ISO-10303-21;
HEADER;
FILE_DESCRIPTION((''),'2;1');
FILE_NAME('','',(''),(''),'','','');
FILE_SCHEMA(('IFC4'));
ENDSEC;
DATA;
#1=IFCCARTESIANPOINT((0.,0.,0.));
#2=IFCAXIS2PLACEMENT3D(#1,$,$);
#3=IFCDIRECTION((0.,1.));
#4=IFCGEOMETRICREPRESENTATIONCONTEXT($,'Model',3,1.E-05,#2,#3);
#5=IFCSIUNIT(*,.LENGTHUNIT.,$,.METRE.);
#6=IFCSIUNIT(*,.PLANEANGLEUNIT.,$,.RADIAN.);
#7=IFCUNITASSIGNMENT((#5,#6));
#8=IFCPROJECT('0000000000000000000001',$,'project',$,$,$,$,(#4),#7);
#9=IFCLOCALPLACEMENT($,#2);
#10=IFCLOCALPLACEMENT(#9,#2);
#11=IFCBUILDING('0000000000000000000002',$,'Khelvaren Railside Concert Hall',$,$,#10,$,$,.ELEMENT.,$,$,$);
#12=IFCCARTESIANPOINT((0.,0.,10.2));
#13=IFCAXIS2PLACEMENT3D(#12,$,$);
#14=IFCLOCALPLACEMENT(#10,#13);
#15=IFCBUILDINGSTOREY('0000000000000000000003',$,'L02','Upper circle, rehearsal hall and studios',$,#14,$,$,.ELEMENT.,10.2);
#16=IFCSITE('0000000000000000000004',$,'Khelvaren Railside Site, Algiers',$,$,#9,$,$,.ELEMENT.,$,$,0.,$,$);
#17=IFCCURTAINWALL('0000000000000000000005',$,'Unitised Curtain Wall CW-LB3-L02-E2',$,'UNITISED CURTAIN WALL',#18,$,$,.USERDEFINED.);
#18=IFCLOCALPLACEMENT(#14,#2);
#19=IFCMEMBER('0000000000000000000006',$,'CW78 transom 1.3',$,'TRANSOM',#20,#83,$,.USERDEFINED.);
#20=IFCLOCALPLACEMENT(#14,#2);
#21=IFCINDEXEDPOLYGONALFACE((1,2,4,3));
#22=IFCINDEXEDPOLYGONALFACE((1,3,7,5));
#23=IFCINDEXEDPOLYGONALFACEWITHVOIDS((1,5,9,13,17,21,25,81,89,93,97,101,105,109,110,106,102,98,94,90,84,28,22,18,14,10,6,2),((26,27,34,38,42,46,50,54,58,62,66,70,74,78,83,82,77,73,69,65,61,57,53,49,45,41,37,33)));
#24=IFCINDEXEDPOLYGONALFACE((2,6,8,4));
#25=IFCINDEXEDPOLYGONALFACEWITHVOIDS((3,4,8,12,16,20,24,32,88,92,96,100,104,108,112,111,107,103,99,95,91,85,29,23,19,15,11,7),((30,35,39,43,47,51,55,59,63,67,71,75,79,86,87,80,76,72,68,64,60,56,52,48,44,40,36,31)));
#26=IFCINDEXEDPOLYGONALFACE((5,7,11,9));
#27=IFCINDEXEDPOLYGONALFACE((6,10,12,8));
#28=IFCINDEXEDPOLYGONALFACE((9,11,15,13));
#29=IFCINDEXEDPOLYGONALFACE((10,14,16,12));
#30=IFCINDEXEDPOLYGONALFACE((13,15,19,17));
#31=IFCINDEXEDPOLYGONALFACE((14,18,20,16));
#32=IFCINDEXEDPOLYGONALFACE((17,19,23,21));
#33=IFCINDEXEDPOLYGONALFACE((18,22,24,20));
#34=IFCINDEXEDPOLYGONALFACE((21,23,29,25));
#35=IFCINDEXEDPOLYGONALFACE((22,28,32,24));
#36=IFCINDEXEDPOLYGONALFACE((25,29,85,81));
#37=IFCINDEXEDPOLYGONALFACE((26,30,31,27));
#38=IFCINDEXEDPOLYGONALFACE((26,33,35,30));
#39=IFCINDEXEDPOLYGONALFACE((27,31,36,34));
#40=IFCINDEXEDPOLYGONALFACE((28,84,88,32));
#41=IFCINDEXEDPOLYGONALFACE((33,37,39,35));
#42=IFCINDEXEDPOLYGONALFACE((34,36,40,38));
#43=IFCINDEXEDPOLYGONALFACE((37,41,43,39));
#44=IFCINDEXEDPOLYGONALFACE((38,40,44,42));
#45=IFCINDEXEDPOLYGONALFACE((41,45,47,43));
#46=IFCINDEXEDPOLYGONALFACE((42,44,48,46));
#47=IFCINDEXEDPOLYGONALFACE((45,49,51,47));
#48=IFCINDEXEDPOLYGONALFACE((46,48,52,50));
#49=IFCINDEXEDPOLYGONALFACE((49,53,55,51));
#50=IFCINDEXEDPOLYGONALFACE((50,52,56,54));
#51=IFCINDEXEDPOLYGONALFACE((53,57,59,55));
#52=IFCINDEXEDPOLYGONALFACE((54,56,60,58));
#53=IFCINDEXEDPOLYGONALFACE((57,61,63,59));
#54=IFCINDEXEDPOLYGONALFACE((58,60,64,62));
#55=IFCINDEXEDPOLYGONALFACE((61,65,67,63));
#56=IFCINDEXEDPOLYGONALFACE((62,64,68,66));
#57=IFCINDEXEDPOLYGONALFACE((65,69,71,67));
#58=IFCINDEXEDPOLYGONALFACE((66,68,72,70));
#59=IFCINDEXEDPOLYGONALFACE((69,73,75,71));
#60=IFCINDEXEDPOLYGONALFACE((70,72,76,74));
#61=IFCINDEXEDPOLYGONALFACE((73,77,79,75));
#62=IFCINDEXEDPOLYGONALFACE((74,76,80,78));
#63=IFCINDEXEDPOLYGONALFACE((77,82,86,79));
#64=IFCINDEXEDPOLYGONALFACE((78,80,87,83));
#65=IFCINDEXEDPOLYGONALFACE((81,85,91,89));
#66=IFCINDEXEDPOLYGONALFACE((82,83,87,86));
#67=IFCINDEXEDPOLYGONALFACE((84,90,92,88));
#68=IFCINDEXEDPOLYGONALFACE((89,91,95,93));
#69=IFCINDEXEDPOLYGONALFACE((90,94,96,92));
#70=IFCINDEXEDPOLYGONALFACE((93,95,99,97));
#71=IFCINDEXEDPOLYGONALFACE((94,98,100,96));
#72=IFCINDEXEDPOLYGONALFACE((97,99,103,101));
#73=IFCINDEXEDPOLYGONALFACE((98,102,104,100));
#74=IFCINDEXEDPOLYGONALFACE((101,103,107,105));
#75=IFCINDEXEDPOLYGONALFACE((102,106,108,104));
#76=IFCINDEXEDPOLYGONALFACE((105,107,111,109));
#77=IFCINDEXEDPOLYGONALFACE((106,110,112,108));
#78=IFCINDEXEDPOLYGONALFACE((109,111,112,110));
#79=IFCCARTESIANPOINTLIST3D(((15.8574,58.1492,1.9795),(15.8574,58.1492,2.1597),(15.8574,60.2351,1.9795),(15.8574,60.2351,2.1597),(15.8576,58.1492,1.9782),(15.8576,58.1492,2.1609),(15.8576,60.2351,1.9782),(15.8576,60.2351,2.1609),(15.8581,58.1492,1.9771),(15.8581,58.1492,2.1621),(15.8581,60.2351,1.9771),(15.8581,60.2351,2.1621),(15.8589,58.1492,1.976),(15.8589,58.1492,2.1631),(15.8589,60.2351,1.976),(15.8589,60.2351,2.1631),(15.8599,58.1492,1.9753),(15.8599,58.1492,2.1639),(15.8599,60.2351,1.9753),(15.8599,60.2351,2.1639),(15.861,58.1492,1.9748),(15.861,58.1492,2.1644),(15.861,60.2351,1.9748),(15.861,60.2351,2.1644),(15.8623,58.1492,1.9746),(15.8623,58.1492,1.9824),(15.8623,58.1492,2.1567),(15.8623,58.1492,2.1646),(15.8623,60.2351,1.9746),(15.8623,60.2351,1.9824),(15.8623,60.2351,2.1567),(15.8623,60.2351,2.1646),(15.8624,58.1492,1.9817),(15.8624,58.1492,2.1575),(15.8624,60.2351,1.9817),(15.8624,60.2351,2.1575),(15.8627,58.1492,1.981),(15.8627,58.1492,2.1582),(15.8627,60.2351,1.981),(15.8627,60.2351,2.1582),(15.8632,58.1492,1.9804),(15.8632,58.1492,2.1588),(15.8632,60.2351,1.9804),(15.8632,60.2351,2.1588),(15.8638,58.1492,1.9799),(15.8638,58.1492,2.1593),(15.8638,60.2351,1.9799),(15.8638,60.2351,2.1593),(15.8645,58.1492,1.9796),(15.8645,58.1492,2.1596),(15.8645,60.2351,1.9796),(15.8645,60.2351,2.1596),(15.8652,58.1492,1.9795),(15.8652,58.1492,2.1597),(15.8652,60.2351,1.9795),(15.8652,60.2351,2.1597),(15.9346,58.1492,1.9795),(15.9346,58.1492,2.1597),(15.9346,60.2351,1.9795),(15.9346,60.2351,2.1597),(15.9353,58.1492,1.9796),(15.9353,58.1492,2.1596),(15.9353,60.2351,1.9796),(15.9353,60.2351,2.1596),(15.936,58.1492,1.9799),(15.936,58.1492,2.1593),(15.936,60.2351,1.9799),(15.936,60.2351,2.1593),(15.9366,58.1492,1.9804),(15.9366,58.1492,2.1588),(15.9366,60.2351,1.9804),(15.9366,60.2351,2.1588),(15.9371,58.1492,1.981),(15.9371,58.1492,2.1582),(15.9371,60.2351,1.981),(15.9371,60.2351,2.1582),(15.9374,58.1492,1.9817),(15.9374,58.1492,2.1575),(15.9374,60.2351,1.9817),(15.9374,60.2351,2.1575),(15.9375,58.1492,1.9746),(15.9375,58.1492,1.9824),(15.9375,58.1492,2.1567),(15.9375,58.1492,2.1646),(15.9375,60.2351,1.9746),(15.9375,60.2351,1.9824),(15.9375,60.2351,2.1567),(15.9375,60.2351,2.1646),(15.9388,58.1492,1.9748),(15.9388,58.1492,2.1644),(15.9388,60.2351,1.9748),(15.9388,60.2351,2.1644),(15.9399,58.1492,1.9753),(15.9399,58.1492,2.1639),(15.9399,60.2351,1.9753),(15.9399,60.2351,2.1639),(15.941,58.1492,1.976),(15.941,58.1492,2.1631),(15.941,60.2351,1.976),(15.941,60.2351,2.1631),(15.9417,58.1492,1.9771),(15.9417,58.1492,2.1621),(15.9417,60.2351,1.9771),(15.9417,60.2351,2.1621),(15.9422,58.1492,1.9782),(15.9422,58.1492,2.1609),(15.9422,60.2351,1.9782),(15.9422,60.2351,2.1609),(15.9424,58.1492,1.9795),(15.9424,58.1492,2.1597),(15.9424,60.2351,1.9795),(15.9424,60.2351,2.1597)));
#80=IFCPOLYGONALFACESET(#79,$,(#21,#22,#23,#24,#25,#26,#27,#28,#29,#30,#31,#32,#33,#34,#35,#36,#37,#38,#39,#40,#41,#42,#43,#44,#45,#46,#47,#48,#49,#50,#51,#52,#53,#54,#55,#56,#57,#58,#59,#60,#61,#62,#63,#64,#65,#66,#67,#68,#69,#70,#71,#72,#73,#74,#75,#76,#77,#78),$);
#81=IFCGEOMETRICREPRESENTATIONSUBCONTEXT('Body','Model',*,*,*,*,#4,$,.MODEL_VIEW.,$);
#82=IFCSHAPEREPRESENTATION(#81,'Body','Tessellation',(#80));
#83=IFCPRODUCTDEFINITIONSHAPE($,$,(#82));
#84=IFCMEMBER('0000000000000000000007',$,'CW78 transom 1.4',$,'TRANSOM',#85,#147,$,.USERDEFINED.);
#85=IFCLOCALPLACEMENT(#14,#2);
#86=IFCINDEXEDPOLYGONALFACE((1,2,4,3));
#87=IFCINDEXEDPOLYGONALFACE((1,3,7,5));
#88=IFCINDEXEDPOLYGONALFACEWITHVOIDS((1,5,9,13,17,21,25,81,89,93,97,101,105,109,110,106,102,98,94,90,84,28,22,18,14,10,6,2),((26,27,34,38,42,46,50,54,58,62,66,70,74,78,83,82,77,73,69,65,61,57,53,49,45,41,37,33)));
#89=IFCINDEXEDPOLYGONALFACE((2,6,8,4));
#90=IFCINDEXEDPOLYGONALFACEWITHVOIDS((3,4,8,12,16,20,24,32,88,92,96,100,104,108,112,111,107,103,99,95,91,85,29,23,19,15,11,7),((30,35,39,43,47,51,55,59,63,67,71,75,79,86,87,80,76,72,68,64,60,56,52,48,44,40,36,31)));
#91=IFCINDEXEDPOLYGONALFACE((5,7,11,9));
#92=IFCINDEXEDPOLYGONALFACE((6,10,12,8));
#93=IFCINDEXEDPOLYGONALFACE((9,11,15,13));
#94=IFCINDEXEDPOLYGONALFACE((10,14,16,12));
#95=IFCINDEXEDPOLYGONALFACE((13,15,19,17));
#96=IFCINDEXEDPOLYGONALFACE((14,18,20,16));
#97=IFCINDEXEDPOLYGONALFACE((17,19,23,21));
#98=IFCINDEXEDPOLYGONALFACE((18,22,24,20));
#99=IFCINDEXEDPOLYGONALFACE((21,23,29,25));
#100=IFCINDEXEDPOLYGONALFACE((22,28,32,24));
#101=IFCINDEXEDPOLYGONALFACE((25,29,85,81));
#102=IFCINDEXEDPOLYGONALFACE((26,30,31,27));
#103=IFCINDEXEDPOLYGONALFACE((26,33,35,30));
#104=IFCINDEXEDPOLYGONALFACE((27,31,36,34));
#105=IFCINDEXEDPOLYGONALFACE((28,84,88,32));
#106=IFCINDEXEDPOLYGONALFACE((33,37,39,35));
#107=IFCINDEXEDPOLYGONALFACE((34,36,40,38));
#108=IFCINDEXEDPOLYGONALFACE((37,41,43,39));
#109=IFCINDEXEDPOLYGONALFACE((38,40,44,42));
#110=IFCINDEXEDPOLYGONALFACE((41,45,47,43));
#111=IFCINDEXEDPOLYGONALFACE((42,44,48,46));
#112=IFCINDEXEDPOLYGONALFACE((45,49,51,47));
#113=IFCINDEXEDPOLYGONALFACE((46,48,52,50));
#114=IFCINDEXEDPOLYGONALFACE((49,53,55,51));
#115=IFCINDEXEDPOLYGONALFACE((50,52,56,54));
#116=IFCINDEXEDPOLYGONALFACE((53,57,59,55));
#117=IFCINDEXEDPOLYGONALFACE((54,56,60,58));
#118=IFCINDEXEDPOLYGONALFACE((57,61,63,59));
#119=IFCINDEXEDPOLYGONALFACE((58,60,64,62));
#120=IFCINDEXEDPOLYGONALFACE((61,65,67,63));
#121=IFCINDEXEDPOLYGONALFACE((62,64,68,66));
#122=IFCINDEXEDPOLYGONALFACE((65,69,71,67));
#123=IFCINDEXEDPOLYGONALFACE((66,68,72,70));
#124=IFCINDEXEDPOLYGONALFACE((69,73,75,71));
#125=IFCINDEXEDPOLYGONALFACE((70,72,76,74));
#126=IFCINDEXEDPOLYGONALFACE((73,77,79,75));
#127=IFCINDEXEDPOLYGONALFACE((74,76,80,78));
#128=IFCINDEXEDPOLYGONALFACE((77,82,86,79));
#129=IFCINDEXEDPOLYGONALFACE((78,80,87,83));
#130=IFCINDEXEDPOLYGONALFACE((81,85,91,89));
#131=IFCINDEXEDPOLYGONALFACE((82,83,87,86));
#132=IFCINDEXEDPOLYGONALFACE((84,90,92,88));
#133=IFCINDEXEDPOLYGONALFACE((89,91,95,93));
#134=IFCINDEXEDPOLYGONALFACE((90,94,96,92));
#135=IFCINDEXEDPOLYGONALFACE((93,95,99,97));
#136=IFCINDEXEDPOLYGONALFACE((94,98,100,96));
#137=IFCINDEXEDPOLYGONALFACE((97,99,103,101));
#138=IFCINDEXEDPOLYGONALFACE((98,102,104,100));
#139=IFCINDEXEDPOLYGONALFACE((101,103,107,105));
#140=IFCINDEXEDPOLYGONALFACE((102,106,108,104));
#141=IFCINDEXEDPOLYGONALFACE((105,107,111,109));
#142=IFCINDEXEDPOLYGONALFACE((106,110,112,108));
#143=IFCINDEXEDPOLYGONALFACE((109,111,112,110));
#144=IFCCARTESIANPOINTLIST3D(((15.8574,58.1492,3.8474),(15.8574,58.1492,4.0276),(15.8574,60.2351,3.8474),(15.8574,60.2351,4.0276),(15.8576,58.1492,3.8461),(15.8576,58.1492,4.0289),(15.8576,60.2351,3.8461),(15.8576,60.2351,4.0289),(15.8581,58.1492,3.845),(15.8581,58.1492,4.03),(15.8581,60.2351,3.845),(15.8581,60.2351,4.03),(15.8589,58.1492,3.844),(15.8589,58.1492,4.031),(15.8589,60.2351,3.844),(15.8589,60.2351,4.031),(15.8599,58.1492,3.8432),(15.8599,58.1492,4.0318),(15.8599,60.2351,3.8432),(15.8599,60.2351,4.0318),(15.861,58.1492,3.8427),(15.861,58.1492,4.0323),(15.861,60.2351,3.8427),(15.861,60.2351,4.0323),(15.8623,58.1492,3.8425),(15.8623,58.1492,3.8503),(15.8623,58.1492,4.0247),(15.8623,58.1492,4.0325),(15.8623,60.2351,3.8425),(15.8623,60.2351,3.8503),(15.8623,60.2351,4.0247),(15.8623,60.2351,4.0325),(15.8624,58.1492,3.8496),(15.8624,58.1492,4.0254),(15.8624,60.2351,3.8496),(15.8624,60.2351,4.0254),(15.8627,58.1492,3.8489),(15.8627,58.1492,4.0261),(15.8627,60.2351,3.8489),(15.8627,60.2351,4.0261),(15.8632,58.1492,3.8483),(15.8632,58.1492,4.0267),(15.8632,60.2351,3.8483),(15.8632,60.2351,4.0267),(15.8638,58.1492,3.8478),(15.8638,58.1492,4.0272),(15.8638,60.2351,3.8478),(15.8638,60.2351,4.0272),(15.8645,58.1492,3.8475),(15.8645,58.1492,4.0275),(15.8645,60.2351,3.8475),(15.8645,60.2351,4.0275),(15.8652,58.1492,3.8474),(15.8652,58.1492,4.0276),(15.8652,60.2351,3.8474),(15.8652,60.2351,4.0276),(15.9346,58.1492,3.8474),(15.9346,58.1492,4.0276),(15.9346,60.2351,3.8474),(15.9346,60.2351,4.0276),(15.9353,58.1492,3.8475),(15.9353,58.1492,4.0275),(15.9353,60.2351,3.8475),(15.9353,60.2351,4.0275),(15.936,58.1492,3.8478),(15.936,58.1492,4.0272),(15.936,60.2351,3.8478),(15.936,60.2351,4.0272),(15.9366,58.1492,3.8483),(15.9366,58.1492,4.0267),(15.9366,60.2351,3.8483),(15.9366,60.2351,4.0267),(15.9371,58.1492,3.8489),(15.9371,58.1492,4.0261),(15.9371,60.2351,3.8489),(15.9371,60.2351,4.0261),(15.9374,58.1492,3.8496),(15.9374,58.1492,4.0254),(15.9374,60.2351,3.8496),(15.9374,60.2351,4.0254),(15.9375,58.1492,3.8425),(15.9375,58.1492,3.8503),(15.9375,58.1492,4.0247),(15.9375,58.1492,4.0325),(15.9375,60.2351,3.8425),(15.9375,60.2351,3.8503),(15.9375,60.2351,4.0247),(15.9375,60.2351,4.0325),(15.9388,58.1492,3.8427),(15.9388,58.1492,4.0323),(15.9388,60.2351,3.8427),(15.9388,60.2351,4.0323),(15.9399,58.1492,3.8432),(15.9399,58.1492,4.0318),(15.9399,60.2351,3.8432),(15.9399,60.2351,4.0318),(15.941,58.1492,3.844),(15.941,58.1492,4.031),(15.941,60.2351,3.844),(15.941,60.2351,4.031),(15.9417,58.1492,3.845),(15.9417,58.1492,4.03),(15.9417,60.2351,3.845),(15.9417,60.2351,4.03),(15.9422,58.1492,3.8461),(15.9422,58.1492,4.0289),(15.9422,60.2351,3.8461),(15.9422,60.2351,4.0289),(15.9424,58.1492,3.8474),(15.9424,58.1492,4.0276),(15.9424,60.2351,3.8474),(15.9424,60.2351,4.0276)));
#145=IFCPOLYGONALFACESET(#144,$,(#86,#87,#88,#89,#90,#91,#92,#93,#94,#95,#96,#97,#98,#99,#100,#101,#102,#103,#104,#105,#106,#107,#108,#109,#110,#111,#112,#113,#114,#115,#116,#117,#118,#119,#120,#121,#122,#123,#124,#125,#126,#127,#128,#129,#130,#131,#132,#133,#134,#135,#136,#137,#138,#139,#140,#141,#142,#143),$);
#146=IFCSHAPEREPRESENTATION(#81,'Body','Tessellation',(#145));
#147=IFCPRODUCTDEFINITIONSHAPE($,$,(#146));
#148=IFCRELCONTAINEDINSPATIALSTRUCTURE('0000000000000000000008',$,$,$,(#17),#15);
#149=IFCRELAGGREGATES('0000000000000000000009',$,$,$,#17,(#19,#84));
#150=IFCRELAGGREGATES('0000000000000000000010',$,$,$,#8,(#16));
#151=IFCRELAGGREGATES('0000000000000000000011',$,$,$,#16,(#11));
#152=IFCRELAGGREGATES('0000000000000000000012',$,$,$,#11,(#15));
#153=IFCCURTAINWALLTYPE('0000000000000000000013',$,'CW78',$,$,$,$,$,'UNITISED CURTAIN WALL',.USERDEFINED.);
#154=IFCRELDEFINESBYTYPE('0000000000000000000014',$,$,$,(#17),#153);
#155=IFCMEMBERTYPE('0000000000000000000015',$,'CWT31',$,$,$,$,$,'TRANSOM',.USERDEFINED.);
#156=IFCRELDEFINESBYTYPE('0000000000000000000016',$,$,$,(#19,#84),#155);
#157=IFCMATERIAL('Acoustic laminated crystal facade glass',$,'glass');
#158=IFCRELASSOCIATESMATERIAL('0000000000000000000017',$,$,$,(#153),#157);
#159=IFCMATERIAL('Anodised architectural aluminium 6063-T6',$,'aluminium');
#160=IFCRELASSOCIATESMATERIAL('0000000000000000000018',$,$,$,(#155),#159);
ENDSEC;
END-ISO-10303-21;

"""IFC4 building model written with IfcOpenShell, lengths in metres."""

from ifc_helpers import new_model, si_unit, direction, frame, origin, origin_2d, place, context, subcontext, project, spatial, hollow_rectangle, extrude, material, material_profile, profile_set, type_object, element, aggregate, save


model = new_model("IFC4")

# Units and contexts
model_context = context("Model", 3, precision=1e-05, world=origin(), true_north=direction((0.0, 1.0)))
body_context = subcontext(model_context, "Body", "Model", "MODEL_VIEW")
ifc_project = project(units=[si_unit("LENGTHUNIT", "METRE"), si_unit("PLANEANGLEUNIT", "RADIAN")], contexts=[model_context])

# Site, building, storey
site_placement = place(None, origin())
site = spatial("IfcSite", under=ifc_project, at=site_placement, Name="Khelvaren Railside Site, Algiers", CompositionType="ELEMENT", RefElevation=0.0)
building_placement = place(site_placement, origin())
building = spatial("IfcBuilding", under=site, at=building_placement, Name="Khelvaren Railside Concert Hall", CompositionType="ELEMENT")
storey_placement = place(building_placement, frame((0.0, 0.0, 10.2)))
storey = spatial("IfcBuildingStorey", under=building, at=storey_placement, Name="L02", Description="Upper circle, rehearsal hall and studios", CompositionType="ELEMENT", Elevation=10.2)

# Curtain wall
ifc_material_1 = material(Name="Acoustic laminated crystal facade glass", Category="glass")
curtain_wall_type = type_object("IfcCurtainWallType", Name="CW78", ElementType="UNITISED CURTAIN WALL", PredefinedType="USERDEFINED", material=ifc_material_1)
curtain_wall_1_placement = place(storey_placement, origin())
curtain_wall_1 = element("IfcCurtainWall", 1, at=curtain_wall_1_placement, inside=storey, type_object=curtain_wall_type, Name="Unitised Curtain Wall CW-LB3-L02-E2", ObjectType="UNITISED CURTAIN WALL", PredefinedType="USERDEFINED")
ifc_material_2 = material(Name="Anodised architectural aluminium 6063-T6", Category="aluminium")

# Members
ifc_material_profile_1 = material_profile(ifc_material_2, hollow_rectangle(XDim=0.085, YDim=0.1899, WallThickness=0.0049, InnerFilletRadius=0.0029, OuterFilletRadius=0.0049, at=origin_2d()), Name="CWT 85x190x5")
ifc_profile_set_1 = profile_set([ifc_material_profile_1], Name="Anodised architectural aluminium 6063-T6")
member_type_1 = type_object("IfcMemberType", Name="CWT31", ElementType="TRANSOM", PredefinedType="USERDEFINED", material=ifc_profile_set_1)
member_1_placement = place(storey_placement, frame((15.8999, 60.2351, 2.0696), z_axis=(0.0, -1.0, 0.0), x_axis=(1.0, 0.0, 0.0)))
member_1 = element("IfcMember", 2, at=member_1_placement, type_object=member_type_1, Name="CW78 transom 1.3", ObjectType="TRANSOM", PredefinedType="USERDEFINED", context=body_context, shape_type="SweptSolid", body=[
    extrude(hollow_rectangle(XDim=0.085, YDim=0.1899, WallThickness=0.0049, InnerFilletRadius=0.0029, OuterFilletRadius=0.0049, at=origin_2d()), origin(), (0.0, 0.0, 1.0), 2.0859),
])
member_2_placement = place(storey_placement, frame((15.8999, 60.2351, 3.9375), z_axis=(0.0, -1.0, 0.0), x_axis=(1.0, 0.0, 0.0)))
member_2 = element("IfcMember", 3, at=member_2_placement, type_object=member_type_1, Name="CW78 transom 1.4", ObjectType="TRANSOM", PredefinedType="USERDEFINED", context=body_context, shape_type="SweptSolid", body=[
    extrude(hollow_rectangle(XDim=0.085, YDim=0.1899, WallThickness=0.0049, InnerFilletRadius=0.0029, OuterFilletRadius=0.0049, at=origin_2d()), origin(), (0.0, 0.0, 1.0), 2.0859),
])

aggregate(curtain_wall_1, [member_1, member_2])

save(model, "model.ifc")
